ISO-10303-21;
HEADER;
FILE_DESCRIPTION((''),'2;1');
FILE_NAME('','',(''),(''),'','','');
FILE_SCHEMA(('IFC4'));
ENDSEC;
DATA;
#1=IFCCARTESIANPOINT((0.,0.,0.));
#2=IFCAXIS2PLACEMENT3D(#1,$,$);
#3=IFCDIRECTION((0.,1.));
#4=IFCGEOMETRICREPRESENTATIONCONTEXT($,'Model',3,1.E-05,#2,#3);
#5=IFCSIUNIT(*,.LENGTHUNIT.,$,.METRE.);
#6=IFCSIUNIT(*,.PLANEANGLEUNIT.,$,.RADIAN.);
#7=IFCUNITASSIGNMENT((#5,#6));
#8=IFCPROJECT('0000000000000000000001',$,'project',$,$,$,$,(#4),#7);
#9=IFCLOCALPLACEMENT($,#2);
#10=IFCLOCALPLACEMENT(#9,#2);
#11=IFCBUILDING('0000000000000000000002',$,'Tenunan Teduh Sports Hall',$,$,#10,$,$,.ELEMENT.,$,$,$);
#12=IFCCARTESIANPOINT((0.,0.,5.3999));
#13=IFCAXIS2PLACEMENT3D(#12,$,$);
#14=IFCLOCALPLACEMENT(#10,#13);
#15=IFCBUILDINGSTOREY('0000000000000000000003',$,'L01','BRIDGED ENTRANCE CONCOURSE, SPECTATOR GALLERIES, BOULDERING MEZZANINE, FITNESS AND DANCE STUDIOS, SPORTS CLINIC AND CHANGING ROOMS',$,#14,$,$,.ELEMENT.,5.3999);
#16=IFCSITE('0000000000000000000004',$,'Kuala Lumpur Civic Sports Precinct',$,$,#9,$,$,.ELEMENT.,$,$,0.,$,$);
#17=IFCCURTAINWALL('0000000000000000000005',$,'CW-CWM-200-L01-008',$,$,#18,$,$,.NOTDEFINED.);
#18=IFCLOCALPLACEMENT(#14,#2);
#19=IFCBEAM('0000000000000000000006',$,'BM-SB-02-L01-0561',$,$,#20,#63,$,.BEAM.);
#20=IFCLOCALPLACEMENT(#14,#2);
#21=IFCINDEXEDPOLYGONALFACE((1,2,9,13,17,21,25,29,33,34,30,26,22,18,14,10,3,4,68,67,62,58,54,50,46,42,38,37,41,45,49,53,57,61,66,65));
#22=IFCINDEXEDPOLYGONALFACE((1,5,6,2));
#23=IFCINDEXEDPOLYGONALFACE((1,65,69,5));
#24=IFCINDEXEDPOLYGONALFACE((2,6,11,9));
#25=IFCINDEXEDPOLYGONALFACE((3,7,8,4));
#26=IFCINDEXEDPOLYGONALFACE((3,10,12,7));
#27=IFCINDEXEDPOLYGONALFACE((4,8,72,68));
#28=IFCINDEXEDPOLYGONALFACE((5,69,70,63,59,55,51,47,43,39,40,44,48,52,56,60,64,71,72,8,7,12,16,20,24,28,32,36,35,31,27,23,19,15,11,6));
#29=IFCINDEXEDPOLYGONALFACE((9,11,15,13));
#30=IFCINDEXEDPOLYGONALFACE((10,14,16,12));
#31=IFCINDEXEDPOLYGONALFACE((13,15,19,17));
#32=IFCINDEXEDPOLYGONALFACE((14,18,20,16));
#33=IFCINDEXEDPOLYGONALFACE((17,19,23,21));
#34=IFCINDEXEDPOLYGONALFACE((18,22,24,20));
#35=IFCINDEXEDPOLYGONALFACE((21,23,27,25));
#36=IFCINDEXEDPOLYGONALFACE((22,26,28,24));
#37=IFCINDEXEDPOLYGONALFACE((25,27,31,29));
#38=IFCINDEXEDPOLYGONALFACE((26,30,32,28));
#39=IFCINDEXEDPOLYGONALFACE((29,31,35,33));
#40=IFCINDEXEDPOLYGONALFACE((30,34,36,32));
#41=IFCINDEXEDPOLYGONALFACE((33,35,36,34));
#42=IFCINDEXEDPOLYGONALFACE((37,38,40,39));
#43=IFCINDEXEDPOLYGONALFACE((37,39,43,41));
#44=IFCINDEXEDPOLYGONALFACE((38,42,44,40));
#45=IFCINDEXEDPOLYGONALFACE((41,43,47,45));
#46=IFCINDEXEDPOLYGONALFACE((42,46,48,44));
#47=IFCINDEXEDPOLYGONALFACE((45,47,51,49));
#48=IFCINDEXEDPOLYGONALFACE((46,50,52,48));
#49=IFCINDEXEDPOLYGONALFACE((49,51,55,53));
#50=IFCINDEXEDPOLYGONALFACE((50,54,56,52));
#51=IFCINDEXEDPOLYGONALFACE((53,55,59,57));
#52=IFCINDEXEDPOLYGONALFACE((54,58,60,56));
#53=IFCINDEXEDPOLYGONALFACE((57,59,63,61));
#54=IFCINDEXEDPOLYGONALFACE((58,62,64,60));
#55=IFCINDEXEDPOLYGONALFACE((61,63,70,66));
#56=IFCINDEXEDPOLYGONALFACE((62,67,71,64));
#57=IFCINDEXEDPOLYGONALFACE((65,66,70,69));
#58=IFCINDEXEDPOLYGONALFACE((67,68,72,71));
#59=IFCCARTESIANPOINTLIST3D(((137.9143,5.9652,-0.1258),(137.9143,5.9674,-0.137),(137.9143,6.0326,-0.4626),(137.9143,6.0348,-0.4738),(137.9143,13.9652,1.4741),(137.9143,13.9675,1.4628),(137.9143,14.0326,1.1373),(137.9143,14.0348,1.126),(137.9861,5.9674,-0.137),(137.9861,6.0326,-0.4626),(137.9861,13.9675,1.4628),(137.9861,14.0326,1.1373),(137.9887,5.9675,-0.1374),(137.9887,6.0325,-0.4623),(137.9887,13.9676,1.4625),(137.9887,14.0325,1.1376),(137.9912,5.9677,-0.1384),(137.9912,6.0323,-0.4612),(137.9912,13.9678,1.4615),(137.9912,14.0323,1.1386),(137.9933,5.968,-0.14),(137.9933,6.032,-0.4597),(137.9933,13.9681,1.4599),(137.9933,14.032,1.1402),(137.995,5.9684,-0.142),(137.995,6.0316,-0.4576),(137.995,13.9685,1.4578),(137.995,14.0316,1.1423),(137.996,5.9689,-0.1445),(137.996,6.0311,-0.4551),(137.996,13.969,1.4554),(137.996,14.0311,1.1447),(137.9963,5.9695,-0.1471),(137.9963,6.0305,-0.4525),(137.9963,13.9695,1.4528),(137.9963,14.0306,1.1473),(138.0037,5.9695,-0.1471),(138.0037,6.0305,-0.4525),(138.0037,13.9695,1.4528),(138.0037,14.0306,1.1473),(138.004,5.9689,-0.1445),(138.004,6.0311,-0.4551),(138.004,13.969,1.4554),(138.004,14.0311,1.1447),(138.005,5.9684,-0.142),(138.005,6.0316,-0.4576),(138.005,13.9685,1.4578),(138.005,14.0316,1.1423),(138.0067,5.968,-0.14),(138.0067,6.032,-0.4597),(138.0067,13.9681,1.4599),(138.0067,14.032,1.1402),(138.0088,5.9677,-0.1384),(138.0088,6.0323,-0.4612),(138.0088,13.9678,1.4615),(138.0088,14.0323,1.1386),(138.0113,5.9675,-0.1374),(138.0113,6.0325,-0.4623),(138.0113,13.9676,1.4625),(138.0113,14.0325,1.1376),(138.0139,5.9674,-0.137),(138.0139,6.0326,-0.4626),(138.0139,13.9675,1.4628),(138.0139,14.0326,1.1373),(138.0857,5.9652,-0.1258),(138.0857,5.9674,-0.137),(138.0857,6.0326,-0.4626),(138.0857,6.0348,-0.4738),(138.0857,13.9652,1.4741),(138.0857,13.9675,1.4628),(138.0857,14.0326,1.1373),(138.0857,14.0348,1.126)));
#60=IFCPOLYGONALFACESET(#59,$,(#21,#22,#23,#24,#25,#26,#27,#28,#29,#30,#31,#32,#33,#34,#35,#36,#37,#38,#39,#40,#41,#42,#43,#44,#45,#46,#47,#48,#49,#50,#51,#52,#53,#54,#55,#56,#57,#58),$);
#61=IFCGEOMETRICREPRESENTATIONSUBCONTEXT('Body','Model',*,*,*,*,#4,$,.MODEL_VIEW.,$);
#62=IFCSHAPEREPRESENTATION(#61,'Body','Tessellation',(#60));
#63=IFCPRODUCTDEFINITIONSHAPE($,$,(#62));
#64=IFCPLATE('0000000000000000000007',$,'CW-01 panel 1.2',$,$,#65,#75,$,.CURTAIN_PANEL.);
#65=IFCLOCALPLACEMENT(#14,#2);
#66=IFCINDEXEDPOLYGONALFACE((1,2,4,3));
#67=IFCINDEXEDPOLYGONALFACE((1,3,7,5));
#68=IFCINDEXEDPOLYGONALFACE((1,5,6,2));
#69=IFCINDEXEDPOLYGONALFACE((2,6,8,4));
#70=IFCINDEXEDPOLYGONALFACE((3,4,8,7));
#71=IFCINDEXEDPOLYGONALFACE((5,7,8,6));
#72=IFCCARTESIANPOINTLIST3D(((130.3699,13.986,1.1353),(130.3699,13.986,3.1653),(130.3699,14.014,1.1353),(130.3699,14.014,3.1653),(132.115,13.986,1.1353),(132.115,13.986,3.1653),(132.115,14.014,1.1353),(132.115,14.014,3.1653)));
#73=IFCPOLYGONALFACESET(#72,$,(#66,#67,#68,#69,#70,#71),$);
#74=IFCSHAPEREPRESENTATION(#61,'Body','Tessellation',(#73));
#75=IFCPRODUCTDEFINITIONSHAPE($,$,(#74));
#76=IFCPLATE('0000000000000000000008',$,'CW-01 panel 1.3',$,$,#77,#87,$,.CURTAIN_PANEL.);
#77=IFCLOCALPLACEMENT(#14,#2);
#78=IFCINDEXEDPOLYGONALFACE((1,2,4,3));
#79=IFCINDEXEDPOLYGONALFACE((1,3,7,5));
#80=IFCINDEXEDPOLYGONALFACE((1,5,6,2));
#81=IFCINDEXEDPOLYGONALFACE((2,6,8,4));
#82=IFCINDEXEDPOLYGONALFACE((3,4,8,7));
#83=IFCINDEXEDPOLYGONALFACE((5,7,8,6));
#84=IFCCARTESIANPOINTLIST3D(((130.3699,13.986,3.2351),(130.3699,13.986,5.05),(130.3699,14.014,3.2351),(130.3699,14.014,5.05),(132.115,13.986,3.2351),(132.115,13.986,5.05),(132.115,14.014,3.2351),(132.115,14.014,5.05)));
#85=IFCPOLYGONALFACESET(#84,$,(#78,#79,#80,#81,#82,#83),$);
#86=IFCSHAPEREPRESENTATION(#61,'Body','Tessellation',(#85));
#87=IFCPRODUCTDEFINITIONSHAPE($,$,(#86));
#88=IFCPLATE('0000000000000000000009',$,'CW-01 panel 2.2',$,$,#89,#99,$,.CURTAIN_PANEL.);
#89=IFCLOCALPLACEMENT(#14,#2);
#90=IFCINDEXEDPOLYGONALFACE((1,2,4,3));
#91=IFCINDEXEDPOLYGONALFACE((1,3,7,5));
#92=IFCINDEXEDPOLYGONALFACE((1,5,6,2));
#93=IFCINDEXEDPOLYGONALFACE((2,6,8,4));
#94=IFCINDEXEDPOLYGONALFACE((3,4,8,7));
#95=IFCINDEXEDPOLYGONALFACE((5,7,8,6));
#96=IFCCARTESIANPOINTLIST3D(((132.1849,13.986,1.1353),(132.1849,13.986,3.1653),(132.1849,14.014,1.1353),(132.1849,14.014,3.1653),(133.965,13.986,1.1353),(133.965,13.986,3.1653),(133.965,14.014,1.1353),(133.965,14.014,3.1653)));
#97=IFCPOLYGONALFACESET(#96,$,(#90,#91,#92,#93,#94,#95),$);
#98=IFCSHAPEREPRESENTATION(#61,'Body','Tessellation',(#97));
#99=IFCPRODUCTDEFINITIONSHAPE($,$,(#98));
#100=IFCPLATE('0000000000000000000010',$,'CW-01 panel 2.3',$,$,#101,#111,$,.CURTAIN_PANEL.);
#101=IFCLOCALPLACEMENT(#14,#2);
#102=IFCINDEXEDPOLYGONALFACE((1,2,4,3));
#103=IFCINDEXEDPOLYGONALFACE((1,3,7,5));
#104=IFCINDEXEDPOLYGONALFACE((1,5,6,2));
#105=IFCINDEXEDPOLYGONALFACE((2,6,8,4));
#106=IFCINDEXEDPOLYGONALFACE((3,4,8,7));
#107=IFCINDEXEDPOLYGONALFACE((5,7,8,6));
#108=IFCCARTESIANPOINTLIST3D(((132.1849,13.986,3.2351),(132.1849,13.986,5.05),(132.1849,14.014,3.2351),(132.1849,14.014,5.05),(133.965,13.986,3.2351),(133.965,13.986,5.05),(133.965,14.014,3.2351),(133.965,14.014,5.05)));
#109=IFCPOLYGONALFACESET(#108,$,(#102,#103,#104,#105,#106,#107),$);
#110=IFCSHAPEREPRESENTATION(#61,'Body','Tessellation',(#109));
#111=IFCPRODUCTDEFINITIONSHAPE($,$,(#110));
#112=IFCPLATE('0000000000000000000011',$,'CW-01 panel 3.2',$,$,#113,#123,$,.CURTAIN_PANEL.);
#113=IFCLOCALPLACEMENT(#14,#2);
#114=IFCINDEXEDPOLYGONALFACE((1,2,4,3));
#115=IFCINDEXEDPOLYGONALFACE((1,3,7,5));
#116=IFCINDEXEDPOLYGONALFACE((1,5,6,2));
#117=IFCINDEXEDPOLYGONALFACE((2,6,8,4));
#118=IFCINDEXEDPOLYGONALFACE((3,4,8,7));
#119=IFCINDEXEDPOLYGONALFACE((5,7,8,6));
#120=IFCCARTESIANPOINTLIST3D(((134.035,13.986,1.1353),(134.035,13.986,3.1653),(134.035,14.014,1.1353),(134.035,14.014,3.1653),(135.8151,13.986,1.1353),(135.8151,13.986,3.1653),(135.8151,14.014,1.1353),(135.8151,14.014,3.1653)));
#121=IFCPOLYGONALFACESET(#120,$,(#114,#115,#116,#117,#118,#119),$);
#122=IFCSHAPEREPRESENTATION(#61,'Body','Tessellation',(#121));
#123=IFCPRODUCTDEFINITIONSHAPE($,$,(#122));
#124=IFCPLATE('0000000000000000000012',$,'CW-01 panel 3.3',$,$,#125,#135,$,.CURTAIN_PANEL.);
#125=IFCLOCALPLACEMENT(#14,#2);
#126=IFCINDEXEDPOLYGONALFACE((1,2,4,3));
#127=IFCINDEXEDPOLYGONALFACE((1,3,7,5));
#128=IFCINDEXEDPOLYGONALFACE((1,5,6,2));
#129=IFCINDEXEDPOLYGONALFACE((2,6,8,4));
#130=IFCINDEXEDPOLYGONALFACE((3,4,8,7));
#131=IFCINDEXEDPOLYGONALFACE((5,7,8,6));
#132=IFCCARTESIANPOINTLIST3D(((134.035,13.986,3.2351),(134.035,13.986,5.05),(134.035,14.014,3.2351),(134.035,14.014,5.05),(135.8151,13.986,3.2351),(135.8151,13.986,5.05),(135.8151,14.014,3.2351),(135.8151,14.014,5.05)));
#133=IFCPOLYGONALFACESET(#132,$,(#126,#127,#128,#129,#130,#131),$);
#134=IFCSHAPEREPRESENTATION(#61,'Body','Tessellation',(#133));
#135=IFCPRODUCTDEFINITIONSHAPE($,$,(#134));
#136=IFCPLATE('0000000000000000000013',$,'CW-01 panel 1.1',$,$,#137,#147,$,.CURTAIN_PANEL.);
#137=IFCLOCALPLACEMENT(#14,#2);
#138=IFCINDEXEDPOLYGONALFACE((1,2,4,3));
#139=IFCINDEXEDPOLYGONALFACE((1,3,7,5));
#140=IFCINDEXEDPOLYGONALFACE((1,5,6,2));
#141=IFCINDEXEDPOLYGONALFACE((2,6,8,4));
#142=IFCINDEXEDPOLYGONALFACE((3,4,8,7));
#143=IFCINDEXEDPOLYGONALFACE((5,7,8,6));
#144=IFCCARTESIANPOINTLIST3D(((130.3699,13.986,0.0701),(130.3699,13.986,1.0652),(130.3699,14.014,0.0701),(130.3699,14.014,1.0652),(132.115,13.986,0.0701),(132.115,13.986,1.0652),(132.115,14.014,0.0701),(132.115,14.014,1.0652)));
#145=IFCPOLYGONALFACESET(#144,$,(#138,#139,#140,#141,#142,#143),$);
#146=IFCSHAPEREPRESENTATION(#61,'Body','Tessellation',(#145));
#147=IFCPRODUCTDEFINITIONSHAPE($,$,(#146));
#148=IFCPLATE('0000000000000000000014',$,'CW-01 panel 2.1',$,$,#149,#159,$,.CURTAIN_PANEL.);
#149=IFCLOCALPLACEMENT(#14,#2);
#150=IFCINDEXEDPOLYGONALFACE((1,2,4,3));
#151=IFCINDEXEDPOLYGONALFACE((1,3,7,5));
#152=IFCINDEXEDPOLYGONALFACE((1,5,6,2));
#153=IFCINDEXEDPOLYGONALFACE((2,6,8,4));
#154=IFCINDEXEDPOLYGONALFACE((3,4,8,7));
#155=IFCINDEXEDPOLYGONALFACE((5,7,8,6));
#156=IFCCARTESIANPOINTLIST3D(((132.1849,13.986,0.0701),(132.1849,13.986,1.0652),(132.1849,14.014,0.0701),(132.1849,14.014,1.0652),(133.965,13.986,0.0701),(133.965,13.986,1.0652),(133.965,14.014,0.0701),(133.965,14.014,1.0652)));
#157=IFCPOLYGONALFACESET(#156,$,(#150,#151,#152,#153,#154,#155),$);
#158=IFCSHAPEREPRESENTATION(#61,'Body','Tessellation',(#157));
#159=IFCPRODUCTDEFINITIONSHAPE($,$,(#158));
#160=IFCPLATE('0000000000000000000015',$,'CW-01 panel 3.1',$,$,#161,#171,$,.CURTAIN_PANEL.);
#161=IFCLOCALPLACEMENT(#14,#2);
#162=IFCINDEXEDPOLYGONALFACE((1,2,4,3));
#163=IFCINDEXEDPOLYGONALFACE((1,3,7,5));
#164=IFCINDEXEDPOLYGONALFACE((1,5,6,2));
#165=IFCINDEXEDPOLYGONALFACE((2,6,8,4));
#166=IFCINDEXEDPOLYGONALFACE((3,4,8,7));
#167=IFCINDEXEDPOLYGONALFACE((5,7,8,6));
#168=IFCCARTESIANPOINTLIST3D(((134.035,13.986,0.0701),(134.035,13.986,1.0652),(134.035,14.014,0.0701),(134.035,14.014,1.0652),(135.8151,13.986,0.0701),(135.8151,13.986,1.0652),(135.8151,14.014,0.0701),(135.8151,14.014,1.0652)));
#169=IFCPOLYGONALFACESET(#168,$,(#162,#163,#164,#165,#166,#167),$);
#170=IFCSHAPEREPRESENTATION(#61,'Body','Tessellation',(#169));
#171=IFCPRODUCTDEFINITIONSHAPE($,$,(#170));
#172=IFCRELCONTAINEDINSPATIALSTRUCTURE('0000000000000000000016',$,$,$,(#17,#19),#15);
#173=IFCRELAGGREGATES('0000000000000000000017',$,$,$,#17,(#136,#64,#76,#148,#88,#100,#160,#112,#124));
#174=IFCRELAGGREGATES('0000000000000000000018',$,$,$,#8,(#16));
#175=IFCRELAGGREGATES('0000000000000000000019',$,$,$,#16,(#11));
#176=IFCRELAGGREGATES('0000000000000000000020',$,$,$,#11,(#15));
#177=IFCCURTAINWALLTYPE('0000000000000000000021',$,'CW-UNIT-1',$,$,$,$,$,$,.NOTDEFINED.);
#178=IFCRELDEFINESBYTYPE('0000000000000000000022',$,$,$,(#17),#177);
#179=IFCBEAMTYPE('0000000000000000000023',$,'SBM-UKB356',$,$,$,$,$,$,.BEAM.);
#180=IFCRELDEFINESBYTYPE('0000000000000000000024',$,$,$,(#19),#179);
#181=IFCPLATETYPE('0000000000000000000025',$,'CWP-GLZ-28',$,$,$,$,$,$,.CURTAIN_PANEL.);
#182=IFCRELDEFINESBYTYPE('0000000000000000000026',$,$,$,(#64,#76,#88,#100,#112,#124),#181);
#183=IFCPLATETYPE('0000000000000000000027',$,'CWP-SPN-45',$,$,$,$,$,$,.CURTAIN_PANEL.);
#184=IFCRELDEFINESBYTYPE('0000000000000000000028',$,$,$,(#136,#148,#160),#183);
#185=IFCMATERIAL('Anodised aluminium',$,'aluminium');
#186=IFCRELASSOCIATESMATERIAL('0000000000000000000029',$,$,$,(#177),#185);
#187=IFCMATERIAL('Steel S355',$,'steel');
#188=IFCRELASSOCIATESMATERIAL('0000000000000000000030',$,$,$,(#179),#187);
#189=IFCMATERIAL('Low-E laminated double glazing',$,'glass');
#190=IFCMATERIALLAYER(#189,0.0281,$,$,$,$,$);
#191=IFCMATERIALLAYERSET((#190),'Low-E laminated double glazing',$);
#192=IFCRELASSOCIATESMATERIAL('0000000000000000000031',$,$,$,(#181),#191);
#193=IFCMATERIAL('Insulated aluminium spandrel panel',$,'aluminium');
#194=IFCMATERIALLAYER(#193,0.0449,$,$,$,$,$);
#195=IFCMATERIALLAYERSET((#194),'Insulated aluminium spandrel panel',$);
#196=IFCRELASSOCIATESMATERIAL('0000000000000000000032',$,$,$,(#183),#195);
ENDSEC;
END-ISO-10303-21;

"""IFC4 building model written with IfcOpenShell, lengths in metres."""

from ifc_helpers import new_model, si_unit, direction, frame, origin, origin_2d, place, context, subcontext, project, spatial, rectangle, i_section, extrude, material, layer, layer_set, material_profile, profile_set, type_object, element, aggregate, save


model = new_model("IFC4")

# Units and contexts
model_context = context("Model", 3, precision=1e-05, world=origin(), true_north=direction((0.0, 1.0)))
body_context = subcontext(model_context, "Body", "Model", "MODEL_VIEW")
ifc_project = project(units=[si_unit("LENGTHUNIT", "METRE"), si_unit("PLANEANGLEUNIT", "RADIAN")], contexts=[model_context])

# Site, building, storey
site_placement = place(None, origin())
site = spatial("IfcSite", under=ifc_project, at=site_placement, Name="Kuala Lumpur Civic Sports Precinct", CompositionType="ELEMENT", RefElevation=0.0)
building_placement = place(site_placement, origin())
building = spatial("IfcBuilding", under=site, at=building_placement, Name="Tenunan Teduh Sports Hall", CompositionType="ELEMENT")
storey_placement = place(building_placement, frame((0.0, 0.0, 5.3999)))
storey = spatial("IfcBuildingStorey", under=building, at=storey_placement, Name="L01", Description="BRIDGED ENTRANCE CONCOURSE, SPECTATOR GALLERIES, BOULDERING MEZZANINE, FITNESS AND DANCE STUDIOS, SPORTS CLINIC AND CHANGING ROOMS", CompositionType="ELEMENT", Elevation=5.3999)

# Curtain wall
ifc_material_1 = material(Name="Anodised aluminium", Category="aluminium")
curtain_wall_type = type_object("IfcCurtainWallType", Name="CW-UNIT-1", PredefinedType="NOTDEFINED", material=ifc_material_1)
curtain_wall_placement = place(storey_placement, origin())
curtain_wall = element("IfcCurtainWall", 1, at=curtain_wall_placement, inside=storey, type_object=curtain_wall_type, Name="CW-CWM-200-L01-008", PredefinedType="NOTDEFINED")

# Beam
ifc_material_2 = material(Name="Steel S355", Category="steel")
ifc_material_profile_1 = material_profile(ifc_material_2, i_section(OverallWidth=0.1714, OverallDepth=0.355, WebThickness=0.0073, FlangeThickness=0.0115, FilletRadius=0.0103, at=origin_2d()), Name="UKB 356x171x51")
ifc_profile_set_1 = profile_set([ifc_material_profile_1], Name="Steel S355")
beam_type_1 = type_object("IfcBeamType", Name="SBM-UKB356", PredefinedType="BEAM", material=ifc_profile_set_1)
beam_placement = place(storey_placement, frame((138.0, 6.0, -0.2998), z_axis=(0.0, 0.980584, 0.196099), x_axis=(-1.0, 0.0, 0.0)))
element("IfcBeam", 2, at=beam_placement, inside=storey, type_object=beam_type_1, Name="BM-SB-02-L01-0561", PredefinedType="BEAM", context=body_context, shape_type="SweptSolid", body=[
    extrude(i_section(OverallWidth=0.1714, OverallDepth=0.355, WebThickness=0.0073, FlangeThickness=0.0115, FilletRadius=0.0103, at=origin_2d()), origin(), (0.0, 0.0, 1.0), 8.1584),
])

# Plates
ifc_material_3 = material(Name="Low-E laminated double glazing", Category="glass")
ifc_layer_1 = layer(ifc_material_3, 0.0281)
ifc_layer_set_1 = layer_set([ifc_layer_1], Name="Low-E laminated double glazing")
plate_type_1 = type_object("IfcPlateType", Name="CWP-GLZ-28", PredefinedType="CURTAIN_PANEL", material=ifc_layer_set_1)
plate_1_placement = place(storey_placement, frame((131.2424, 14.0, 1.1353), z_axis=(0.0, 0.0, 1.0), x_axis=(1.0, 0.0, 0.0)))
plate_1 = element("IfcPlate", 3, at=plate_1_placement, type_object=plate_type_1, Name="CW-01 panel 1.2", PredefinedType="CURTAIN_PANEL", context=body_context, shape_type="SweptSolid", body=[
    extrude(rectangle(XDim=1.7451, YDim=0.0281, at=origin_2d()), origin(), (0.0, 0.0, 1.0), 2.03),
])
plate_2_placement = place(storey_placement, frame((131.2424, 14.0, 3.2351), z_axis=(0.0, 0.0, 1.0), x_axis=(1.0, 0.0, 0.0)))
plate_2 = element("IfcPlate", 4, at=plate_2_placement, type_object=plate_type_1, Name="CW-01 panel 1.3", PredefinedType="CURTAIN_PANEL", context=body_context, shape_type="SweptSolid", body=[
    extrude(rectangle(XDim=1.7451, YDim=0.0281, at=origin_2d()), origin(), (0.0, 0.0, 1.0), 1.8149),
])
plate_3_placement = place(storey_placement, frame((133.075, 14.0, 1.1353), z_axis=(0.0, 0.0, 1.0), x_axis=(1.0, 0.0, 0.0)))
plate_3 = element("IfcPlate", 5, at=plate_3_placement, type_object=plate_type_1, Name="CW-01 panel 2.2", PredefinedType="CURTAIN_PANEL", context=body_context, shape_type="SweptSolid", body=[
    extrude(rectangle(XDim=1.78, YDim=0.0281, at=origin_2d()), origin(), (0.0, 0.0, 1.0), 2.03),
])
plate_4_placement = place(storey_placement, frame((133.075, 14.0, 3.2351), z_axis=(0.0, 0.0, 1.0), x_axis=(1.0, 0.0, 0.0)))
plate_4 = element("IfcPlate", 6, at=plate_4_placement, type_object=plate_type_1, Name="CW-01 panel 2.3", PredefinedType="CURTAIN_PANEL", context=body_context, shape_type="SweptSolid", body=[
    extrude(rectangle(XDim=1.78, YDim=0.0281, at=origin_2d()), origin(), (0.0, 0.0, 1.0), 1.8149),
])
plate_5_placement = place(storey_placement, frame((134.925, 14.0, 1.1353), z_axis=(0.0, 0.0, 1.0), x_axis=(1.0, 0.0, 0.0)))
plate_5 = element("IfcPlate", 7, at=plate_5_placement, type_object=plate_type_1, Name="CW-01 panel 3.2", PredefinedType="CURTAIN_PANEL", context=body_context, shape_type="SweptSolid", body=[
    extrude(rectangle(XDim=1.78, YDim=0.0281, at=origin_2d()), origin(), (0.0, 0.0, 1.0), 2.03),
])
plate_6_placement = place(storey_placement, frame((134.925, 14.0, 3.2351), z_axis=(0.0, 0.0, 1.0), x_axis=(1.0, 0.0, 0.0)))
plate_6 = element("IfcPlate", 8, at=plate_6_placement, type_object=plate_type_1, Name="CW-01 panel 3.3", PredefinedType="CURTAIN_PANEL", context=body_context, shape_type="SweptSolid", body=[
    extrude(rectangle(XDim=1.78, YDim=0.0281, at=origin_2d()), origin(), (0.0, 0.0, 1.0), 1.8149),
])
ifc_material_4 = material(Name="Insulated aluminium spandrel panel", Category="aluminium")
ifc_layer_2 = layer(ifc_material_4, 0.0449)
ifc_layer_set_2 = layer_set([ifc_layer_2], Name="Insulated aluminium spandrel panel")
plate_type_2 = type_object("IfcPlateType", Name="CWP-SPN-45", PredefinedType="CURTAIN_PANEL", material=ifc_layer_set_2)
plate_7_placement = place(storey_placement, frame((131.2424, 14.0, 0.0701), z_axis=(0.0, 0.0, 1.0), x_axis=(1.0, 0.0, 0.0)))
plate_7 = element("IfcPlate", 9, at=plate_7_placement, type_object=plate_type_2, Name="CW-01 panel 1.1", PredefinedType="CURTAIN_PANEL", context=body_context, shape_type="SweptSolid", body=[
    extrude(rectangle(XDim=1.7451, YDim=0.0281, at=origin_2d()), origin(), (0.0, 0.0, 1.0), 0.9951),
])
plate_8_placement = place(storey_placement, frame((133.075, 14.0, 0.0701), z_axis=(0.0, 0.0, 1.0), x_axis=(1.0, 0.0, 0.0)))
plate_8 = element("IfcPlate", 10, at=plate_8_placement, type_object=plate_type_2, Name="CW-01 panel 2.1", PredefinedType="CURTAIN_PANEL", context=body_context, shape_type="SweptSolid", body=[
    extrude(rectangle(XDim=1.78, YDim=0.0281, at=origin_2d()), origin(), (0.0, 0.0, 1.0), 0.9951),
])
plate_9_placement = place(storey_placement, frame((134.925, 14.0, 0.0701), z_axis=(0.0, 0.0, 1.0), x_axis=(1.0, 0.0, 0.0)))
plate_9 = element("IfcPlate", 11, at=plate_9_placement, type_object=plate_type_2, Name="CW-01 panel 3.1", PredefinedType="CURTAIN_PANEL", context=body_context, shape_type="SweptSolid", body=[
    extrude(rectangle(XDim=1.78, YDim=0.0281, at=origin_2d()), origin(), (0.0, 0.0, 1.0), 0.9951),
])
aggregate(curtain_wall, [plate_7, plate_1, plate_2, plate_8, plate_3, plate_4, plate_9, plate_5, plate_6])

save(model, "model.ifc")
